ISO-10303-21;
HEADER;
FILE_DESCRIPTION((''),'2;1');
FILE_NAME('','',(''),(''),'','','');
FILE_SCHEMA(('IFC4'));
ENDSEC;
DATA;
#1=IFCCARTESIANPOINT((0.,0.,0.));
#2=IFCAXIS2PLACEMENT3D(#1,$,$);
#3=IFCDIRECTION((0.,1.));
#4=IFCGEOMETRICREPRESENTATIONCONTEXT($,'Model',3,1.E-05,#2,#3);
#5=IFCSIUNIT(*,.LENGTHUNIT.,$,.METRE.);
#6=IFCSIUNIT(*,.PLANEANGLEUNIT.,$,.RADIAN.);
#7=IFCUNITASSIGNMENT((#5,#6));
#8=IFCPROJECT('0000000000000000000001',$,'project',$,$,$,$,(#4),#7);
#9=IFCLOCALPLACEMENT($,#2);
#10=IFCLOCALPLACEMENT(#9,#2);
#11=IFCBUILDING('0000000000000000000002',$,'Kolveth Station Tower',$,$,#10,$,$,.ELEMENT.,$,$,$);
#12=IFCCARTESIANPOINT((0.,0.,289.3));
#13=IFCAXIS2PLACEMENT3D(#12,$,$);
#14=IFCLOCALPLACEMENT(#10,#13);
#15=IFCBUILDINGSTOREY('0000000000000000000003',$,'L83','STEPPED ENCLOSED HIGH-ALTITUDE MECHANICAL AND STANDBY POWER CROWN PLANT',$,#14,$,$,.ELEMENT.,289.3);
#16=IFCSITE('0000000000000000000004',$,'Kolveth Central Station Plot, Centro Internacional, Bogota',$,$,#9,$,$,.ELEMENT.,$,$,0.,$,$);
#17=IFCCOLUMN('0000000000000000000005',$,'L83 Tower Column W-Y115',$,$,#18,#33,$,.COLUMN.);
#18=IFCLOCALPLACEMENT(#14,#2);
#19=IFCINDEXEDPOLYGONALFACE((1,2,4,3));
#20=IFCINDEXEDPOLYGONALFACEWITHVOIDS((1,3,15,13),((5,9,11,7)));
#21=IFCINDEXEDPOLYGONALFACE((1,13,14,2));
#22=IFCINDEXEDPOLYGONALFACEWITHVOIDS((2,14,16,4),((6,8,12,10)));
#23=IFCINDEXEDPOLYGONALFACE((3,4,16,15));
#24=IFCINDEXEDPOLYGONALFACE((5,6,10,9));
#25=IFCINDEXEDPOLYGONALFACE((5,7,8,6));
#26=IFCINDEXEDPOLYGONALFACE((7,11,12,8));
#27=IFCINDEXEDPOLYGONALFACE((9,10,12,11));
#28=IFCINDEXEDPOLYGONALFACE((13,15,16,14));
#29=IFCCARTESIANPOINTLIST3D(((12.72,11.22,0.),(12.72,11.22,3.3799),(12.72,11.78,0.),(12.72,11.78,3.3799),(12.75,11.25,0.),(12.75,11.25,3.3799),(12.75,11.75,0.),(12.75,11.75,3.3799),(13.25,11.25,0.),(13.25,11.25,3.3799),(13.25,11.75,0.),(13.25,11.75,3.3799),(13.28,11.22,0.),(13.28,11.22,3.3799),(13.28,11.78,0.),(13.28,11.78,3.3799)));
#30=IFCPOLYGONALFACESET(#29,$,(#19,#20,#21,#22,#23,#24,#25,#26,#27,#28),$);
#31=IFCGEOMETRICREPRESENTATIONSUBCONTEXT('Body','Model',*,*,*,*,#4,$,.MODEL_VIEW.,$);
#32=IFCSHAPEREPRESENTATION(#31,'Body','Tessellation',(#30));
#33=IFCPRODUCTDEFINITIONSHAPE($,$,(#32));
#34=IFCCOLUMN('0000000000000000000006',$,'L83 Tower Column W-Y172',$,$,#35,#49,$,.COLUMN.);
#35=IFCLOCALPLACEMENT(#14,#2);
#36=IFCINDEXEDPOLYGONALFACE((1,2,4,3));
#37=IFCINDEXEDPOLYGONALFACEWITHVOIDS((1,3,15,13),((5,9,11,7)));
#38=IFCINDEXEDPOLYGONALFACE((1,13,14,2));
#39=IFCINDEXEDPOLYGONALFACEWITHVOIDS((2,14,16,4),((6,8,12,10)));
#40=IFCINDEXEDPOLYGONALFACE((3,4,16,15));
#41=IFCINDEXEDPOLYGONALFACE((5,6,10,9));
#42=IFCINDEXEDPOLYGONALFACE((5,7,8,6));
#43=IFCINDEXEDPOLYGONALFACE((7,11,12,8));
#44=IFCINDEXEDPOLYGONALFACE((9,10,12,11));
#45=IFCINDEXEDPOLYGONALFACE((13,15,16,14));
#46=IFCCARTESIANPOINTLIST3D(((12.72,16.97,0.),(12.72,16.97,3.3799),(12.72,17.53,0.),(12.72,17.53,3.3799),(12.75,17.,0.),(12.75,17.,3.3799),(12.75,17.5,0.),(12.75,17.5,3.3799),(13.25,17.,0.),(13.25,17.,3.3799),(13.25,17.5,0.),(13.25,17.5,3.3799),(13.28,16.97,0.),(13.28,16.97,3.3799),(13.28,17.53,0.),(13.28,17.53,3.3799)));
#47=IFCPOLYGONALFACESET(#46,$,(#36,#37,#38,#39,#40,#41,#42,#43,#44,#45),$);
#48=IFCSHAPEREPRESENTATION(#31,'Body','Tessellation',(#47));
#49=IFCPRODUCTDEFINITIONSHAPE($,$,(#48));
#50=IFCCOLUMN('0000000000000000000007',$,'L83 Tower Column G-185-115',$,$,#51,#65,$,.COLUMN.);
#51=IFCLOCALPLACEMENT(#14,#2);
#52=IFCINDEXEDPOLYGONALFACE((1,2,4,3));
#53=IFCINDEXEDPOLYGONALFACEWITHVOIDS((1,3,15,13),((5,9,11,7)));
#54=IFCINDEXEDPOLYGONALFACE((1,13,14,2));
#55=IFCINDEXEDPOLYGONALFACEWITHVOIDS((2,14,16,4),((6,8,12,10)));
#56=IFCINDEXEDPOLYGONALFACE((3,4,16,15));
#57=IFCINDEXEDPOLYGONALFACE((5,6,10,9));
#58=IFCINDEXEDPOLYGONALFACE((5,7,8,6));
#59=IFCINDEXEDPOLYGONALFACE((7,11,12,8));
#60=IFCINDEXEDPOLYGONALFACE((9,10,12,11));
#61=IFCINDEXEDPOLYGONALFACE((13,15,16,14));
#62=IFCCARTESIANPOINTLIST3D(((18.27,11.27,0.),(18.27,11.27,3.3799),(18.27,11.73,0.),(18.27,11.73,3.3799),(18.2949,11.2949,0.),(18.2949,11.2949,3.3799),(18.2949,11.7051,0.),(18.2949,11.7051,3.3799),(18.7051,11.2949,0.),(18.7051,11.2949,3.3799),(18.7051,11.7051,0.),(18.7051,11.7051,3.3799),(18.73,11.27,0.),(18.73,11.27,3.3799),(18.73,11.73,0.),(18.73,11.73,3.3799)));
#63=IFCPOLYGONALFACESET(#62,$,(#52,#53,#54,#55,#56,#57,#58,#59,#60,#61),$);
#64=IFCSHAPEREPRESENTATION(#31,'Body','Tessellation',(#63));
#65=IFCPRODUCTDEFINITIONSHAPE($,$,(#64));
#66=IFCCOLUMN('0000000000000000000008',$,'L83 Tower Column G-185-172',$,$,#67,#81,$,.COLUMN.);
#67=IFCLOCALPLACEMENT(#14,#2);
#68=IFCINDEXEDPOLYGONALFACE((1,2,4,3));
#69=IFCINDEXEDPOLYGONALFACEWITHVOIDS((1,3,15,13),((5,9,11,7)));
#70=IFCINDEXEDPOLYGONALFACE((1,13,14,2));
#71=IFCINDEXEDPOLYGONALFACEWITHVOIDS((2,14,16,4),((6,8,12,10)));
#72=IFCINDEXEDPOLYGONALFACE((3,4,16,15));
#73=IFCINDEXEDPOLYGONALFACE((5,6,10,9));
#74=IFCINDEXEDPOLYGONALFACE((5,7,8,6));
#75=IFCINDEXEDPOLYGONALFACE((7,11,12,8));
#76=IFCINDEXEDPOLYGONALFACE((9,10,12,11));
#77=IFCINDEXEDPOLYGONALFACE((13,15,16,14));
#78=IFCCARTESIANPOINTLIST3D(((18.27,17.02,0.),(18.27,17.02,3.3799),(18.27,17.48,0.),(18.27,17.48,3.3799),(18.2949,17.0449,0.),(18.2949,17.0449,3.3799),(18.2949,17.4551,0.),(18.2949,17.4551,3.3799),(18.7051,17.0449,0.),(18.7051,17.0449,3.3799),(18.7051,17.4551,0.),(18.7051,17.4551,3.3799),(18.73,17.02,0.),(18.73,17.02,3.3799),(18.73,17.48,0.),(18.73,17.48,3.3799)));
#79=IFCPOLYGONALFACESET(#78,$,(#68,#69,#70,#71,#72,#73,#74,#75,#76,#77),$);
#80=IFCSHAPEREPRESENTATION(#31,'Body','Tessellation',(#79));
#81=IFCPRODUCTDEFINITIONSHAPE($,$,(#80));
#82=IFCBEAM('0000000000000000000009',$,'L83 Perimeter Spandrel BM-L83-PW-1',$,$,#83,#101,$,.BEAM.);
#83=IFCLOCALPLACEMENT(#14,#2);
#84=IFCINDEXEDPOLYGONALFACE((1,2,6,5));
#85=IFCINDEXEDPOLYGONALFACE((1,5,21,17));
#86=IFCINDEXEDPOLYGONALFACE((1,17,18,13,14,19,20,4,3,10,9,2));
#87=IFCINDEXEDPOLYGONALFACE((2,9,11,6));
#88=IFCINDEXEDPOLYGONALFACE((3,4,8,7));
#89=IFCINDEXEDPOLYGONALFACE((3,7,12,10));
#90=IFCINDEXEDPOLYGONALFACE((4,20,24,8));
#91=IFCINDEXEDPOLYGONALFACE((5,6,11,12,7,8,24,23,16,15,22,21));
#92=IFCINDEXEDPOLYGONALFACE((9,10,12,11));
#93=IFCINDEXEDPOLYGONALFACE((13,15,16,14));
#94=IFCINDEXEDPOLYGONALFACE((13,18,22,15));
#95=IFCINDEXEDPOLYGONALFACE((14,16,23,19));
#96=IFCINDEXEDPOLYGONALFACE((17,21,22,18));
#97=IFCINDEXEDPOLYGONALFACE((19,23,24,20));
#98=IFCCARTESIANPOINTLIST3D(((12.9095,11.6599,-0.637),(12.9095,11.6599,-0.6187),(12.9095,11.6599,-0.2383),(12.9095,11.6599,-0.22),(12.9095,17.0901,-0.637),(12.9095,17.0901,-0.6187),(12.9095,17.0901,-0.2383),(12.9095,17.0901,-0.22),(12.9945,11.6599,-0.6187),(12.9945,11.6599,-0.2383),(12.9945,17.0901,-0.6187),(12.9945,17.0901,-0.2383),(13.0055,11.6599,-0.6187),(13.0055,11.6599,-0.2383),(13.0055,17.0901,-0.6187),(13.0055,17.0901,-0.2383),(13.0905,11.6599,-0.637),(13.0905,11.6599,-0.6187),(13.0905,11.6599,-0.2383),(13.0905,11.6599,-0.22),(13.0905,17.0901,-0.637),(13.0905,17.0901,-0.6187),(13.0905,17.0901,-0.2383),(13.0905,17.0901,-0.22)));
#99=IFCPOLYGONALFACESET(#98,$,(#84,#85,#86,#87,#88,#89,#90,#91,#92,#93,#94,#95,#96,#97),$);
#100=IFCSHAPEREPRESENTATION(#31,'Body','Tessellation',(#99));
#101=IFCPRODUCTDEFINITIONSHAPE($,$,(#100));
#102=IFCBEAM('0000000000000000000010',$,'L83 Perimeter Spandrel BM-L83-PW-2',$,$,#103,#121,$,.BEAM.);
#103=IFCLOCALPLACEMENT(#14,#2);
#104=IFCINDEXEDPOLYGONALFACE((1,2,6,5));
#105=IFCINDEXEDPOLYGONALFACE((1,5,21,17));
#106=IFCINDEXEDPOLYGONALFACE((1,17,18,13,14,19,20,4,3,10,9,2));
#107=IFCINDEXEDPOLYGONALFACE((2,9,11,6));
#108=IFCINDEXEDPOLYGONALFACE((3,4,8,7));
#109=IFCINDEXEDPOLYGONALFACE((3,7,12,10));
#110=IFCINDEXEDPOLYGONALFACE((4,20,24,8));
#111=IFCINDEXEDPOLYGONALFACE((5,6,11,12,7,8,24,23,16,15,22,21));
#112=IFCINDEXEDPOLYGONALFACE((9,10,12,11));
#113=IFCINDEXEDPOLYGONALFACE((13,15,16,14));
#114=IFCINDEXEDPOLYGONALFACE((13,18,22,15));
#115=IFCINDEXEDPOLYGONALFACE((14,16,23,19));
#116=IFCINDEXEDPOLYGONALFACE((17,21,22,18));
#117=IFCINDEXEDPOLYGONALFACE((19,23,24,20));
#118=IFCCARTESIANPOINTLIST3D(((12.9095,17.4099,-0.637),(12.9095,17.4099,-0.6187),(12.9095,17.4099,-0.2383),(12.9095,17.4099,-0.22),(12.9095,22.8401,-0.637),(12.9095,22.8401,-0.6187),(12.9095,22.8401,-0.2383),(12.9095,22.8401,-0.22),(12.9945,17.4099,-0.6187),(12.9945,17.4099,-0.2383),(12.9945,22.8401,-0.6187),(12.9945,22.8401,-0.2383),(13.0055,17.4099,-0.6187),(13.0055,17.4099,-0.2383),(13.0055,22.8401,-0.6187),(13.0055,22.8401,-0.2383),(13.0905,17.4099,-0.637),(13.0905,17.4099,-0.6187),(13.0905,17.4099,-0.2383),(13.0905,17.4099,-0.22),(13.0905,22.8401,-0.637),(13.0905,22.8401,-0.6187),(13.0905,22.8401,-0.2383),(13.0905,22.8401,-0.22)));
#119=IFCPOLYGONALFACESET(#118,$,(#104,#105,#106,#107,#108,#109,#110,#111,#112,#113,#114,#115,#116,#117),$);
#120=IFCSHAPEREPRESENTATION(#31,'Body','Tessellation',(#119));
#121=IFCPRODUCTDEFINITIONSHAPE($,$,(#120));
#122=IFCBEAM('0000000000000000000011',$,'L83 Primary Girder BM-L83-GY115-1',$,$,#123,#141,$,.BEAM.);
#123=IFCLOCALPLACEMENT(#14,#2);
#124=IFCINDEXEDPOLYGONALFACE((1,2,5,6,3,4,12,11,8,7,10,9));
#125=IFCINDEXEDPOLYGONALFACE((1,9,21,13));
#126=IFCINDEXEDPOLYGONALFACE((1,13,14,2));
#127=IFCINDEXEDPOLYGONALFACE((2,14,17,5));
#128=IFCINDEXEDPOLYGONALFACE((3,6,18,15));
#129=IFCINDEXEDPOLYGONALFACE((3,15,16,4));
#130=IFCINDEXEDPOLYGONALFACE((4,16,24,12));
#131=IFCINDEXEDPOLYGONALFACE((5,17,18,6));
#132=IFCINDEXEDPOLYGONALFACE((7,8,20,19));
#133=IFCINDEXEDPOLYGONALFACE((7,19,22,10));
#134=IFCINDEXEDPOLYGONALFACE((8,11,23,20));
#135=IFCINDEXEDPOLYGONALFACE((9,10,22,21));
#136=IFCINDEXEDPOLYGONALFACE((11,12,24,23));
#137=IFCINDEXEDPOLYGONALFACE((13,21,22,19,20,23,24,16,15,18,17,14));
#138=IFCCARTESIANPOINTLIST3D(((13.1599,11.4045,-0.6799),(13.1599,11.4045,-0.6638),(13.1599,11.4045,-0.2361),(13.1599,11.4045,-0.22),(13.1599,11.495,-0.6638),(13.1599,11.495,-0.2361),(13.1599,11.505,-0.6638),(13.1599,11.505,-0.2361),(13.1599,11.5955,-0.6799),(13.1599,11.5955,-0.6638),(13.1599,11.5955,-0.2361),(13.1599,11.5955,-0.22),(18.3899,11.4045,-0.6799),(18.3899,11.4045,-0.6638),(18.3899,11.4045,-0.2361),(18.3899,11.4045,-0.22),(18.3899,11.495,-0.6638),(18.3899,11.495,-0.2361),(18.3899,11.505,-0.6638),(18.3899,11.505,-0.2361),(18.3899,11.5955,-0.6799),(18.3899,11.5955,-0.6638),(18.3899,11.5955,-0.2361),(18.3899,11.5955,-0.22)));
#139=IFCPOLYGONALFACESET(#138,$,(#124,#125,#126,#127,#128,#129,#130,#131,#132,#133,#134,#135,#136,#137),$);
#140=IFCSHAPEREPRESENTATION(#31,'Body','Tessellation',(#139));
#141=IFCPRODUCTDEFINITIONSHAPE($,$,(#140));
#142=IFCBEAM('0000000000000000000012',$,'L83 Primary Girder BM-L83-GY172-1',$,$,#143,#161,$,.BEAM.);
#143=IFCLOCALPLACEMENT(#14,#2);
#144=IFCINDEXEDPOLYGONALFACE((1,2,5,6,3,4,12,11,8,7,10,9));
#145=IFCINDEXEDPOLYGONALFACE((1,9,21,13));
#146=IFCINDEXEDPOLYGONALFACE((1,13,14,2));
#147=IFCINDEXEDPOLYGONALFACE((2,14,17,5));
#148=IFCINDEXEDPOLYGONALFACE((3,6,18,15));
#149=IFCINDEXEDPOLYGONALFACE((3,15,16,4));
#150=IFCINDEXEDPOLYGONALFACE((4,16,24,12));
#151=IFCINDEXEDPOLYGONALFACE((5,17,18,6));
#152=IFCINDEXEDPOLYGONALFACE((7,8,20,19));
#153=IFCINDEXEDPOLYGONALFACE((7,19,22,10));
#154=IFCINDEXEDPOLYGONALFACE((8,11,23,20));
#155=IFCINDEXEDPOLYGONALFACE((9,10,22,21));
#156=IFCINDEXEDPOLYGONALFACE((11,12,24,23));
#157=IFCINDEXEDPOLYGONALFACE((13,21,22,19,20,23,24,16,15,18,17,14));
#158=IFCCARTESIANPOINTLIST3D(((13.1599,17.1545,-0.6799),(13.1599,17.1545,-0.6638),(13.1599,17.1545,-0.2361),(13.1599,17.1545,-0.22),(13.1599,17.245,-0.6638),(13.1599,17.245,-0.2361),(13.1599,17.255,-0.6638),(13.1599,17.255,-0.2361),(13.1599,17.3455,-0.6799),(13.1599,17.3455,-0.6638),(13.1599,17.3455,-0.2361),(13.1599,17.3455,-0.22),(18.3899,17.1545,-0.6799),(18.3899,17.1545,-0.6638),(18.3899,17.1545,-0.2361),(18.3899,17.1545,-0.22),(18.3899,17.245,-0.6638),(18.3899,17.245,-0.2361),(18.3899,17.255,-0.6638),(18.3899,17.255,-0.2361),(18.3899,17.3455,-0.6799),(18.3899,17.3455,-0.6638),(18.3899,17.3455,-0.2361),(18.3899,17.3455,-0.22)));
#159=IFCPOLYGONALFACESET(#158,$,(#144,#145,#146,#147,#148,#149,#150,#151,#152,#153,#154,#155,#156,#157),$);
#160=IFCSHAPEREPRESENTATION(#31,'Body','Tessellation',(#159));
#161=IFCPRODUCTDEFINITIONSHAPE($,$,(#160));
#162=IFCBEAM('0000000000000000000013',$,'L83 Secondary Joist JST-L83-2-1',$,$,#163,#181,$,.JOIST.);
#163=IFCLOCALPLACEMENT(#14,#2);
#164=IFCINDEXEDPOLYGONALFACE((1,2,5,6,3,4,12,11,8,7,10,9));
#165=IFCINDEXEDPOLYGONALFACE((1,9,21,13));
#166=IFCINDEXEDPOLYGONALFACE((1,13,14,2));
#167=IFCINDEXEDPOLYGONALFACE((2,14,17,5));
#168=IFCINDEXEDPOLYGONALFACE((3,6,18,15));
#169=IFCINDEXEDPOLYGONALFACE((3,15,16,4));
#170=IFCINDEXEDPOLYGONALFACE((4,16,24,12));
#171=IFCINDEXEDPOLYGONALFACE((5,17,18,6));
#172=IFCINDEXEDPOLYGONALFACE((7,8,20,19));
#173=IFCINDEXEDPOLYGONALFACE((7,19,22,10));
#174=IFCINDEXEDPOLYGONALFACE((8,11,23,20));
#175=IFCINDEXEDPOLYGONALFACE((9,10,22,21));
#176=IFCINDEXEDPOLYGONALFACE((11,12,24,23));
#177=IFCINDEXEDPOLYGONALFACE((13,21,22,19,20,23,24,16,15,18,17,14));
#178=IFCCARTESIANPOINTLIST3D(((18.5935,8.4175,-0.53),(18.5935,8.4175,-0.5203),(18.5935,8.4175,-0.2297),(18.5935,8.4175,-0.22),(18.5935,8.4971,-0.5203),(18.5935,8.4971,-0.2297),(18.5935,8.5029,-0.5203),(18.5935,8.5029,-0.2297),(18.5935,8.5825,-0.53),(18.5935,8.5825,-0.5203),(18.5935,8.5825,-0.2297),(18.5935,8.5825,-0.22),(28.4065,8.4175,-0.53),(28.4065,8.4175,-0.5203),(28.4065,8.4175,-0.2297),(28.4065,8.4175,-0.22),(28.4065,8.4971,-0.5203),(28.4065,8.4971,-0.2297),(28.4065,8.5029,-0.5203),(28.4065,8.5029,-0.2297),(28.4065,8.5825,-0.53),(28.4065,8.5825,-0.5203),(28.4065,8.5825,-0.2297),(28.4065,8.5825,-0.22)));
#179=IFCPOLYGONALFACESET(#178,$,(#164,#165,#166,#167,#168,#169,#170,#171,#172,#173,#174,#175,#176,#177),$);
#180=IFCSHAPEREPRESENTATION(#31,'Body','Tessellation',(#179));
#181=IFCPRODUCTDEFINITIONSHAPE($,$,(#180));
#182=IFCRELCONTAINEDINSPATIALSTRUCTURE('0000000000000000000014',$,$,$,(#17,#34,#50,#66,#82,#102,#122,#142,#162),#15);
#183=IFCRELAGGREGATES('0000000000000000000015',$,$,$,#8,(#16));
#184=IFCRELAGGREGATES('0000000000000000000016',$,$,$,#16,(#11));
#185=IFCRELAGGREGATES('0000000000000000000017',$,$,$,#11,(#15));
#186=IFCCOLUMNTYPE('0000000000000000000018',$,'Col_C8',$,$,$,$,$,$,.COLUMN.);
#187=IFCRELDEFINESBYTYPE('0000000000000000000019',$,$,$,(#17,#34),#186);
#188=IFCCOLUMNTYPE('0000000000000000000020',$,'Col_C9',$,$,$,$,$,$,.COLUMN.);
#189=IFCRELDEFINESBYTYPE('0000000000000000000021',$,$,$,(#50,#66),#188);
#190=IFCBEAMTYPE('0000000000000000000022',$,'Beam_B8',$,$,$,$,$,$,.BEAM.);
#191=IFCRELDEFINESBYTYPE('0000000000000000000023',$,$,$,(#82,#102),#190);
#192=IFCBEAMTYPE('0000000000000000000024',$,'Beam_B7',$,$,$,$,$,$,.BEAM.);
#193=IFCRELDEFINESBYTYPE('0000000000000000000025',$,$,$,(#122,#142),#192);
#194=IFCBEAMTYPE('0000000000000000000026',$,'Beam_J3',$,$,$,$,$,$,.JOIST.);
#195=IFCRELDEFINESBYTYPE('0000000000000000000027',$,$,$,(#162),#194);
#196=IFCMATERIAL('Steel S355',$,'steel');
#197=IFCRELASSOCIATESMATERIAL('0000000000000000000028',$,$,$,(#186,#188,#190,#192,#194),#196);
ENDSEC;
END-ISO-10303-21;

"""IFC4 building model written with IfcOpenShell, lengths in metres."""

from ifc_helpers import new_model, si_unit, direction, frame, origin, origin_2d, place, context, subcontext, project, spatial, hollow_rectangle, i_section, extrude, source, transform, mapped, material, material_profile, profile_set, type_object, element, save


model = new_model("IFC4")

# Units and contexts
model_context = context("Model", 3, precision=1e-05, world=origin(), true_north=direction((0.0, 1.0)))
body_context = subcontext(model_context, "Body", "Model", "MODEL_VIEW")
ifc_project = project(units=[si_unit("LENGTHUNIT", "METRE"), si_unit("PLANEANGLEUNIT", "RADIAN")], contexts=[model_context])

# Site, building, storey
site_placement = place(None, origin())
site = spatial("IfcSite", under=ifc_project, at=site_placement, Name="Kolveth Central Station Plot, Centro Internacional, Bogota", CompositionType="ELEMENT", RefElevation=0.0)
building_placement = place(site_placement, origin())
building = spatial("IfcBuilding", under=site, at=building_placement, Name="Kolveth Station Tower", CompositionType="ELEMENT")
storey_placement = place(building_placement, frame((0.0, 0.0, 289.3)))
storey = spatial("IfcBuildingStorey", under=building, at=storey_placement, Name="L83", Description="STEPPED ENCLOSED HIGH-ALTITUDE MECHANICAL AND STANDBY POWER CROWN PLANT", CompositionType="ELEMENT", Elevation=289.3)

# Columns
ifc_material_1 = material(Name="Steel S355", Category="steel")
ifc_material_profile_1 = material_profile(ifc_material_1, hollow_rectangle(XDim=0.5601, YDim=0.5601, WallThickness=0.03, at=origin_2d()), Name="BOX560x560x30")
ifc_profile_set_1 = profile_set([ifc_material_profile_1], Name="Steel S355")
column_type_1 = type_object("IfcColumnType", Name="Col_C8", PredefinedType="COLUMN", material=ifc_profile_set_1)
shared_shape_1 = source(origin(), body_context, "Body", "SweptSolid", [
    extrude(hollow_rectangle(XDim=0.5601, YDim=0.5601, WallThickness=0.03, at=origin_2d()), origin(), (0.0, 0.0, 1.0), 3.3799),
])
for number, where, z_axis, x_axis, name in (
    (1, (13.0, 11.5, 0.0), (0.0, 0.0, 1.0), (1.0, 0.0, 0.0), "L83 Tower Column W-Y115"),
    (2, (13.0, 17.25, 0.0), (0.0, 0.0, 1.0), (1.0, 0.0, 0.0), "L83 Tower Column W-Y172"),
):
    element("IfcColumn", number, at=place(storey_placement, frame(where, z_axis=z_axis, x_axis=x_axis)), inside=storey, type_object=column_type_1, Name=name, PredefinedType="COLUMN", context=body_context, shape_type="MappedRepresentation", body=[
        mapped(shared_shape_1, transform((0.0, 0.0, 0.0), x_axis=(1.0, 0.0, 0.0), y_axis=(0.0, 1.0, 0.0), z_axis=(0.0, 0.0, 1.0), scale=1.0)),
    ])
ifc_material_profile_2 = material_profile(ifc_material_1, hollow_rectangle(XDim=0.46, YDim=0.46, WallThickness=0.0249, at=origin_2d()), Name="BOX460x460x25")
ifc_profile_set_2 = profile_set([ifc_material_profile_2], Name="Steel S355")
column_type_2 = type_object("IfcColumnType", Name="Col_C9", PredefinedType="COLUMN", material=ifc_profile_set_2)
shared_shape_2 = source(origin(), body_context, "Body", "SweptSolid", [
    extrude(hollow_rectangle(XDim=0.46, YDim=0.46, WallThickness=0.0249, at=origin_2d()), origin(), (0.0, 0.0, 1.0), 3.3799),
])
for number, where, z_axis, x_axis, name in (
    (3, (18.5, 11.5, 0.0), (0.0, 0.0, 1.0), (1.0, 0.0, 0.0), "L83 Tower Column G-185-115"),
    (4, (18.5, 17.25, 0.0), (0.0, 0.0, 1.0), (1.0, 0.0, 0.0), "L83 Tower Column G-185-172"),
):
    element("IfcColumn", number, at=place(storey_placement, frame(where, z_axis=z_axis, x_axis=x_axis)), inside=storey, type_object=column_type_2, Name=name, PredefinedType="COLUMN", context=body_context, shape_type="MappedRepresentation", body=[
        mapped(shared_shape_2, transform((0.0, 0.0, 0.0), x_axis=(1.0, 0.0, 0.0), y_axis=(0.0, 1.0, 0.0), z_axis=(0.0, 0.0, 1.0), scale=1.0)),
    ])

# Beams
ifc_material_profile_3 = material_profile(ifc_material_1, i_section(OverallWidth=0.1809, OverallDepth=0.417, WebThickness=0.011, FlangeThickness=0.0183, at=origin_2d()), Name="W410x85")
ifc_profile_set_3 = profile_set([ifc_material_profile_3], Name="Steel S355")
beam_type_1 = type_object("IfcBeamType", Name="Beam_B8", PredefinedType="BEAM", material=ifc_profile_set_3)
shared_shape_3 = source(origin(), body_context, "Body", "SweptSolid", [
    extrude(i_section(OverallWidth=0.1809, OverallDepth=0.417, WebThickness=0.011, FlangeThickness=0.0183, at=origin_2d()), origin(), (0.0, 0.0, 1.0), 5.4302),
])
for number, where, z_axis, x_axis, name in (
    (5, (13.0, 11.6599, -0.4285), (0.0, 1.0, 0.0), (-1.0, 0.0, 0.0), "L83 Perimeter Spandrel BM-L83-PW-1"),
    (6, (13.0, 17.4099, -0.4285), (0.0, 1.0, 0.0), (-1.0, 0.0, 0.0), "L83 Perimeter Spandrel BM-L83-PW-2"),
):
    element("IfcBeam", number, at=place(storey_placement, frame(where, z_axis=z_axis, x_axis=x_axis)), inside=storey, type_object=beam_type_1, Name=name, PredefinedType="BEAM", context=body_context, shape_type="MappedRepresentation", body=[
        mapped(shared_shape_3, transform((0.0, 0.0, 0.0), x_axis=(1.0, 0.0, 0.0), y_axis=(0.0, 1.0, 0.0), z_axis=(0.0, 0.0, 1.0), scale=1.0)),
    ])
ifc_material_profile_4 = material_profile(ifc_material_1, i_section(OverallWidth=0.1909, OverallDepth=0.46, WebThickness=0.01, FlangeThickness=0.0161, at=origin_2d()), Name="W460x82")
ifc_profile_set_4 = profile_set([ifc_material_profile_4], Name="Steel S355")
beam_type_2 = type_object("IfcBeamType", Name="Beam_B7", PredefinedType="BEAM", material=ifc_profile_set_4)
shared_shape_4 = source(origin(), body_context, "Body", "SweptSolid", [
    extrude(i_section(OverallWidth=0.1909, OverallDepth=0.46, WebThickness=0.01, FlangeThickness=0.0161, at=origin_2d()), origin(), (0.0, 0.0, 1.0), 5.23),
])
for number, where, z_axis, x_axis, name in (
    (7, (13.1599, 11.5, -0.45), (1.0, 0.0, 0.0), (0.0, 1.0, 0.0), "L83 Primary Girder BM-L83-GY115-1"),
    (8, (13.1599, 17.25, -0.45), (1.0, 0.0, 0.0), (0.0, 1.0, 0.0), "L83 Primary Girder BM-L83-GY172-1"),
):
    element("IfcBeam", number, at=place(storey_placement, frame(where, z_axis=z_axis, x_axis=x_axis)), inside=storey, type_object=beam_type_2, Name=name, PredefinedType="BEAM", context=body_context, shape_type="MappedRepresentation", body=[
        mapped(shared_shape_4, transform((0.0, 0.0, 0.0), x_axis=(1.0, 0.0, 0.0), y_axis=(0.0, 1.0, 0.0), z_axis=(0.0, 0.0, 1.0), scale=1.0)),
    ])
ifc_material_profile_5 = material_profile(ifc_material_1, i_section(OverallWidth=0.165, OverallDepth=0.3101, WebThickness=0.0059, FlangeThickness=0.0098, at=origin_2d()), Name="W310x39")
ifc_profile_set_5 = profile_set([ifc_material_profile_5], Name="Steel S355")
beam_type_3 = type_object("IfcBeamType", Name="Beam_J3", PredefinedType="JOIST", material=ifc_profile_set_5)
shared_shape_5 = source(origin(), body_context, "Body", "SweptSolid", [
    extrude(i_section(OverallWidth=0.165, OverallDepth=0.3101, WebThickness=0.0059, FlangeThickness=0.0098, at=origin_2d()), origin(), (0.0, 0.0, 1.0), 9.813),
])
beam_1_placement = place(storey_placement, frame((18.5935, 8.5, -0.375), z_axis=(1.0, 0.0, 0.0), x_axis=(0.0, 1.0, 0.0)))
element("IfcBeam", 9, at=beam_1_placement, inside=storey, type_object=beam_type_3, Name="L83 Secondary Joist JST-L83-2-1", PredefinedType="JOIST", context=body_context, shape_type="MappedRepresentation", body=[
    mapped(shared_shape_5, transform((0.0, 0.0, 0.0), x_axis=(1.0, 0.0, 0.0), y_axis=(0.0, 1.0, 0.0), z_axis=(0.0, 0.0, 1.0), scale=1.0)),
])

save(model, "model.ifc")
